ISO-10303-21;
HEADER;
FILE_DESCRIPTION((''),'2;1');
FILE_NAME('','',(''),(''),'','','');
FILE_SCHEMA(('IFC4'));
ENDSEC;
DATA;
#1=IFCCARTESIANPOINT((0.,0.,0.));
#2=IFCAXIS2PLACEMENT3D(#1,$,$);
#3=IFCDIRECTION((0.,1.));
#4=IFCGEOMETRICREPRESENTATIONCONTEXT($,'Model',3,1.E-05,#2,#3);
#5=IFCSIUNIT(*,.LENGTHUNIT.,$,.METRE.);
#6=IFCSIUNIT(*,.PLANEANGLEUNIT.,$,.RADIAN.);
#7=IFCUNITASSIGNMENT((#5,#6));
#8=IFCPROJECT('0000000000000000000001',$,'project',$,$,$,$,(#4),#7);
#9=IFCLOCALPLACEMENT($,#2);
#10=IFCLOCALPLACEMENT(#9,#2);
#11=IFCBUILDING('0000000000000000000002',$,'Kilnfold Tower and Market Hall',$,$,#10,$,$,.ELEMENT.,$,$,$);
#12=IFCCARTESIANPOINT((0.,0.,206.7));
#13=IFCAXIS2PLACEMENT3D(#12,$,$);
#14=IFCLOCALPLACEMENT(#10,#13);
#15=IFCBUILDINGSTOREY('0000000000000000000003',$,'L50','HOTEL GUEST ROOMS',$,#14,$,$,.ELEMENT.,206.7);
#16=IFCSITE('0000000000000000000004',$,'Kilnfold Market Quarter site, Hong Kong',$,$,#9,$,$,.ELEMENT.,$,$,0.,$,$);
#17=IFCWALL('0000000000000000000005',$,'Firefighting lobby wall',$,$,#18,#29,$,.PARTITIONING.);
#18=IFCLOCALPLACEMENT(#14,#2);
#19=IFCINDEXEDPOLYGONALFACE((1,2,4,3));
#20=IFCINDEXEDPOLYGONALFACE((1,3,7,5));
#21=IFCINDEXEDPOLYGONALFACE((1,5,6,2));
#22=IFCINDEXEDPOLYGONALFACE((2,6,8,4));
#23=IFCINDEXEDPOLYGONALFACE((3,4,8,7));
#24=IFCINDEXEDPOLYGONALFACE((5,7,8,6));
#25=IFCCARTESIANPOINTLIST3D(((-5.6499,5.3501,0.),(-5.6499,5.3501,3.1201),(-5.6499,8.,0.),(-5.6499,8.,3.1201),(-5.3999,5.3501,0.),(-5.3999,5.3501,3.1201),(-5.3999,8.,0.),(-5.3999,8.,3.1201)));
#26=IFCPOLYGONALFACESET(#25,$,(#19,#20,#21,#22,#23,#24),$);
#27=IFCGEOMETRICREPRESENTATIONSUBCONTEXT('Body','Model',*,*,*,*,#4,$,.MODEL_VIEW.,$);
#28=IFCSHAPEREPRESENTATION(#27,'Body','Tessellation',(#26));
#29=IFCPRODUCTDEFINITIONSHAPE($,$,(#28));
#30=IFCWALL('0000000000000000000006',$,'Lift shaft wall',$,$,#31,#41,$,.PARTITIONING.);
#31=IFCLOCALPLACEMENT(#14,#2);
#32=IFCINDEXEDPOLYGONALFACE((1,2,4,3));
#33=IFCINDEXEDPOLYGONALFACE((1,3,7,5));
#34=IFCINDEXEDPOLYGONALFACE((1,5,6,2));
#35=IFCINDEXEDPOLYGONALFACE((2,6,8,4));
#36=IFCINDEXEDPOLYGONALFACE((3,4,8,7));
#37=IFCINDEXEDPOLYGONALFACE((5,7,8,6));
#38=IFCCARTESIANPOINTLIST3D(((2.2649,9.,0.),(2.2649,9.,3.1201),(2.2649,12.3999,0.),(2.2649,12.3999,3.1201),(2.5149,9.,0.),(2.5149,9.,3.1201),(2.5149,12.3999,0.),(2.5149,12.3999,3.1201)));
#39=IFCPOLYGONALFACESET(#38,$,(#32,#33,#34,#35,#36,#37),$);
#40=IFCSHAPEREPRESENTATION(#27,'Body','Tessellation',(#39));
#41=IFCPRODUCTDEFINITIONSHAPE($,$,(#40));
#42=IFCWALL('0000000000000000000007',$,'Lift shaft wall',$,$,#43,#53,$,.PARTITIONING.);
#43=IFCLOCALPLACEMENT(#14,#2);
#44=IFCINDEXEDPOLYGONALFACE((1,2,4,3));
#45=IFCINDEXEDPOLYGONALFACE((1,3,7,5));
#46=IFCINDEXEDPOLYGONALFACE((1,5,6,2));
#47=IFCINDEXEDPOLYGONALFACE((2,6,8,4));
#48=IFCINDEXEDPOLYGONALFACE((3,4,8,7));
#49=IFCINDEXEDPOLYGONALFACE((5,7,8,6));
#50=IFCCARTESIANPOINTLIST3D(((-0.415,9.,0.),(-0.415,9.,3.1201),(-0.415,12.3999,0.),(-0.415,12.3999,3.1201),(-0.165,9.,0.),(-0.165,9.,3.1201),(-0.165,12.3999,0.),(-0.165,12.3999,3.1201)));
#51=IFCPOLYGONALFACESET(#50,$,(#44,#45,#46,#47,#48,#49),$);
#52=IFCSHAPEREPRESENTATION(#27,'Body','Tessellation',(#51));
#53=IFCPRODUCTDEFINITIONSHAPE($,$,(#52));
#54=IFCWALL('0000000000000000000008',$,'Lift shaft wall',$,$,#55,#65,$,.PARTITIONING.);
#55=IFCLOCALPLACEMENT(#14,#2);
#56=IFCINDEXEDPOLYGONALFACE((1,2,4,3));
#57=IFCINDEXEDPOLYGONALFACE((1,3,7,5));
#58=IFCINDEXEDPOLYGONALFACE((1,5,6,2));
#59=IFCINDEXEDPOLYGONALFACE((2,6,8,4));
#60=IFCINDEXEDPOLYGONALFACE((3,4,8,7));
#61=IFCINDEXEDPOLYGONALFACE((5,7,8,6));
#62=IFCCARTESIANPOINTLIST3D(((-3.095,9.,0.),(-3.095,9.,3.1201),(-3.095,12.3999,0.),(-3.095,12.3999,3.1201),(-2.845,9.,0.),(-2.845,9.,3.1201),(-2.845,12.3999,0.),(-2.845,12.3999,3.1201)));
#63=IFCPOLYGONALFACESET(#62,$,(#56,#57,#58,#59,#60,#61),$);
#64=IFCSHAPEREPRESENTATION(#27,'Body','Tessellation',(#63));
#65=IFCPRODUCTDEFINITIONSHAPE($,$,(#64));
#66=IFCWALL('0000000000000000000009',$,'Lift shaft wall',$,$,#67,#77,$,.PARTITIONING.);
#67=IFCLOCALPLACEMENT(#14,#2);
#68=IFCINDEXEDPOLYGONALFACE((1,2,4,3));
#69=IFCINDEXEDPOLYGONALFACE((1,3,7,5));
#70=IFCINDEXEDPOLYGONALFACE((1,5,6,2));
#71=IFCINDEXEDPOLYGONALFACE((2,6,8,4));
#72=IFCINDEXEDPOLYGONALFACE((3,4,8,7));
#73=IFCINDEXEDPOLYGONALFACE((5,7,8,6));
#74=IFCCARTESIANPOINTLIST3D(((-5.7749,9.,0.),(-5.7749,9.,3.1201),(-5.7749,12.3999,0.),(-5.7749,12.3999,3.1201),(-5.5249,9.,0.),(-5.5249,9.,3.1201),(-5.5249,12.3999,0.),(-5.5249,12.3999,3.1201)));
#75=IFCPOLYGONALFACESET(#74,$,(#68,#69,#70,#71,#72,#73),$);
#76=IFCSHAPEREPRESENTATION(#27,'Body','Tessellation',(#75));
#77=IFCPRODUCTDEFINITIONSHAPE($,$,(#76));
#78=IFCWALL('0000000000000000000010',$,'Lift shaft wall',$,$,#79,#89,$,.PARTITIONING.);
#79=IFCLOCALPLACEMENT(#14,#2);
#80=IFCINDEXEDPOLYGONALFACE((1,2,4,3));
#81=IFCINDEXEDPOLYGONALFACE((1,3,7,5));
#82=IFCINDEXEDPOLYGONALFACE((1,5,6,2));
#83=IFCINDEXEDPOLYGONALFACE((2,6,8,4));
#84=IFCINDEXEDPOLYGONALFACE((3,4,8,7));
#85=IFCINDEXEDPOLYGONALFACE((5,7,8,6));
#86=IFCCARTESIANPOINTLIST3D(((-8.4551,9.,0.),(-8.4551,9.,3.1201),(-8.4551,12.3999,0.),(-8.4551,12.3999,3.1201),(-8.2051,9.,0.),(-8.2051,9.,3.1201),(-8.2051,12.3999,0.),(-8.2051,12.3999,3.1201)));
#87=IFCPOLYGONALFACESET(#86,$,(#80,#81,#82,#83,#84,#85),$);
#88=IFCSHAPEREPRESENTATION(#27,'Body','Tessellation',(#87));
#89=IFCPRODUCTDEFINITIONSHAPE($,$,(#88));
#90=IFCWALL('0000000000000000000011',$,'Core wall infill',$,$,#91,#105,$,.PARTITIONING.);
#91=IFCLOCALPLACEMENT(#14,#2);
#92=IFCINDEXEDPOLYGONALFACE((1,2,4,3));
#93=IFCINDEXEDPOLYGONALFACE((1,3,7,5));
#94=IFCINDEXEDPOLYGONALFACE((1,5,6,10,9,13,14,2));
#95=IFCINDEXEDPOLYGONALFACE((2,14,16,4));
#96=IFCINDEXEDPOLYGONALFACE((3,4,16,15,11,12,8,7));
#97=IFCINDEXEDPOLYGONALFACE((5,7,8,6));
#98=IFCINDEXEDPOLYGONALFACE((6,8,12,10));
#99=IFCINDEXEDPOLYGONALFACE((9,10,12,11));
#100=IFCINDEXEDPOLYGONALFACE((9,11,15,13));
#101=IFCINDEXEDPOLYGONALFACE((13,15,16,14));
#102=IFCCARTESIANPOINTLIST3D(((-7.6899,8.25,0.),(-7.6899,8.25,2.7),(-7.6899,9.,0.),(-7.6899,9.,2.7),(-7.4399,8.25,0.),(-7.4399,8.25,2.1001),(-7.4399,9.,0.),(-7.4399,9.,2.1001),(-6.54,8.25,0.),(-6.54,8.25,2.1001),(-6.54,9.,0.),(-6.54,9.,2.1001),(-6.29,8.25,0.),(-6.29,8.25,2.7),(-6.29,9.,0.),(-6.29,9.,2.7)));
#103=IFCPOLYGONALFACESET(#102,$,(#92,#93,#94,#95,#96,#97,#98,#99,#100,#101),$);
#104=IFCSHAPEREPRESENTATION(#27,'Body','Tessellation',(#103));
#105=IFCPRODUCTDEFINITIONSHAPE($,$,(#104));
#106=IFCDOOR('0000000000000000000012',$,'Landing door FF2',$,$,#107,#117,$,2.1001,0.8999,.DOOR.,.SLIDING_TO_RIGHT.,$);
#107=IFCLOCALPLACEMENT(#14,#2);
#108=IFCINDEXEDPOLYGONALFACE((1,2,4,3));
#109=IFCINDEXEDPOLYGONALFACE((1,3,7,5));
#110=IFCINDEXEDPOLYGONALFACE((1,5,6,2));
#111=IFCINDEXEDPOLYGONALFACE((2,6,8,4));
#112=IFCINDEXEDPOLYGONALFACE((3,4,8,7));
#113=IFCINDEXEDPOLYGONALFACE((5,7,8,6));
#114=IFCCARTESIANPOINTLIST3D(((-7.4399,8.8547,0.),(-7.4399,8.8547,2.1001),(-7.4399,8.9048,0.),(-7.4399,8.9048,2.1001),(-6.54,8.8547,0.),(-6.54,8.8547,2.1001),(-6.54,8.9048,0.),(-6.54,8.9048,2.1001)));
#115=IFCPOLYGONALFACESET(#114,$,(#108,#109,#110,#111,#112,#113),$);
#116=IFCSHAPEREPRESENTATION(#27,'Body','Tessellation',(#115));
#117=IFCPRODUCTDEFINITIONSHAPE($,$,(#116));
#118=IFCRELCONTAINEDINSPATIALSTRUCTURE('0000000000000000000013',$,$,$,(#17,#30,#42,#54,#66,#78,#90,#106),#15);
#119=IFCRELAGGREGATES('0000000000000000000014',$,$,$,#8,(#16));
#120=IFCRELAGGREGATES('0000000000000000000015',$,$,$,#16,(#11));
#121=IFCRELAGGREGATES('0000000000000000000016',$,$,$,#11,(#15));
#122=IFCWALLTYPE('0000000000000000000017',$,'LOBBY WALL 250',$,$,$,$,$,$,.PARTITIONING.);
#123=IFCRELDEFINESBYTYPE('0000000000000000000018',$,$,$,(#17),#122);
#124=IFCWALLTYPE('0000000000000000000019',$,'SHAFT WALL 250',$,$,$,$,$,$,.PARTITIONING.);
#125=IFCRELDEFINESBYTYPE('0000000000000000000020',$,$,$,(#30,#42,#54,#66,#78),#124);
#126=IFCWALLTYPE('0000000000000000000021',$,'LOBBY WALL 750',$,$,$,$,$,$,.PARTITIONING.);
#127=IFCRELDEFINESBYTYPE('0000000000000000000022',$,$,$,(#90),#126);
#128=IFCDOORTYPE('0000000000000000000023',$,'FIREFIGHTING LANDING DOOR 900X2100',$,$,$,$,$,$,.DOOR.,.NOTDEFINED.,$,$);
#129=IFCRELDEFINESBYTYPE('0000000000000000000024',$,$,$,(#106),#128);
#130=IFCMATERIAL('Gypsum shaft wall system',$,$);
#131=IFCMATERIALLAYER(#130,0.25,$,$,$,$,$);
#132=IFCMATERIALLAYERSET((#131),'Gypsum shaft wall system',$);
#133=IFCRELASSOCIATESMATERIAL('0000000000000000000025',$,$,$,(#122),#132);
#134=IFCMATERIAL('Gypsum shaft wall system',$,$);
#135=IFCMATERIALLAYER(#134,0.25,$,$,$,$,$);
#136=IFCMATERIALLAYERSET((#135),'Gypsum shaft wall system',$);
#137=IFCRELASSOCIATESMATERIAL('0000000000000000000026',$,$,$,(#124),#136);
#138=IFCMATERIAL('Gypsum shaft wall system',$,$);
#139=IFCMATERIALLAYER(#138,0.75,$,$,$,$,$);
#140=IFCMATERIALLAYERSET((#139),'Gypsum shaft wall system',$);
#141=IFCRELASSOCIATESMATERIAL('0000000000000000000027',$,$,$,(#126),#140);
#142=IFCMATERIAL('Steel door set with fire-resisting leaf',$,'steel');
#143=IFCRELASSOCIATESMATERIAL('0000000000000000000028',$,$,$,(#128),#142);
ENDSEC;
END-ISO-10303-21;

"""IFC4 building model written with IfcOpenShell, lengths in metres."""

from ifc_helpers import new_model, si_unit, direction, frame, frame_2d, origin, place, context, subcontext, project, spatial, rectangle, extrude, source, transform, mapped, material, layer, layer_set, type_object, element, fill, save


model = new_model("IFC4")

# Units and contexts
model_context = context("Model", 3, precision=1e-05, world=origin(), true_north=direction((0.0, 1.0)))
body_context = subcontext(model_context, "Body", "Model", "MODEL_VIEW")
ifc_project = project(units=[si_unit("LENGTHUNIT", "METRE"), si_unit("PLANEANGLEUNIT", "RADIAN")], contexts=[model_context])

# Site, building, storey
site_placement = place(None, origin())
site = spatial("IfcSite", under=ifc_project, at=site_placement, Name="Kilnfold Market Quarter site, Hong Kong", CompositionType="ELEMENT", RefElevation=0.0)
building_placement = place(site_placement, origin())
building = spatial("IfcBuilding", under=site, at=building_placement, Name="Kilnfold Tower and Market Hall", CompositionType="ELEMENT")
storey_placement = place(building_placement, frame((0.0, 0.0, 206.7)))
storey = spatial("IfcBuildingStorey", under=building, at=storey_placement, Name="L50", Description="HOTEL GUEST ROOMS", CompositionType="ELEMENT", Elevation=206.7)

# Walls
ifc_material_1 = material(Name="Gypsum shaft wall system")
ifc_layer_1 = layer(ifc_material_1, 0.25)
ifc_layer_set_1 = layer_set([ifc_layer_1], Name="Gypsum shaft wall system")
wall_type_1 = type_object("IfcWallType", Name="LOBBY WALL 250", PredefinedType="PARTITIONING", material=ifc_layer_set_1)
shared_shape_1 = source(origin(), body_context, "Body", "SweptSolid", [
    extrude(rectangle(XDim=2.6499, YDim=0.25, at=frame_2d((1.325, 0.0))), origin(), (0.0, 0.0, 1.0), 3.1201),
])
wall_1_placement = place(storey_placement, frame((-5.5249, 5.3501, 0.0), z_axis=(0.0, 0.0, 1.0), x_axis=(0.0, 1.0, 0.0)))
element("IfcWall", 1, at=wall_1_placement, inside=storey, type_object=wall_type_1, Name="Firefighting lobby wall", PredefinedType="PARTITIONING", context=body_context, shape_type="MappedRepresentation", body=[
    mapped(shared_shape_1, transform((0.0, 0.0, 0.0))),
])
ifc_material_2 = material(Name="Gypsum shaft wall system")
ifc_layer_2 = layer(ifc_material_2, 0.25)
ifc_layer_set_2 = layer_set([ifc_layer_2], Name="Gypsum shaft wall system")
wall_type_2 = type_object("IfcWallType", Name="SHAFT WALL 250", PredefinedType="PARTITIONING", material=ifc_layer_set_2)
shared_shape_2 = source(origin(), body_context, "Body", "SweptSolid", [
    extrude(rectangle(XDim=3.3999, YDim=0.25, at=frame_2d((1.7, 0.0))), origin(), (0.0, 0.0, 1.0), 3.1201),
])
for number, where, z_axis, x_axis, name in (
    (2, (2.3899, 9.0, 0.0), (0.0, 0.0, 1.0), (0.0, 1.0, 0.0), "Lift shaft wall"),
    (3, (-0.29, 9.0, 0.0), (0.0, 0.0, 1.0), (0.0, 1.0, 0.0), "Lift shaft wall"),
    (4, (-2.97, 9.0, 0.0), (0.0, 0.0, 1.0), (0.0, 1.0, 0.0), "Lift shaft wall"),
    (5, (-5.6499, 9.0, 0.0), (0.0, 0.0, 1.0), (0.0, 1.0, 0.0), "Lift shaft wall"),
    (6, (-8.3301, 9.0, 0.0), (0.0, 0.0, 1.0), (0.0, 1.0, 0.0), "Lift shaft wall"),
):
    element("IfcWall", number, at=place(storey_placement, frame(where, z_axis=z_axis, x_axis=x_axis)), inside=storey, type_object=wall_type_2, Name=name, PredefinedType="PARTITIONING", context=body_context, shape_type="MappedRepresentation", body=[
        mapped(shared_shape_2, transform((0.0, 0.0, 0.0))),
    ])

# Wall, opening, door
ifc_material_3 = material(Name="Gypsum shaft wall system")
ifc_layer_3 = layer(ifc_material_3, 0.75)
ifc_layer_set_3 = layer_set([ifc_layer_3], Name="Gypsum shaft wall system")
wall_type_3 = type_object("IfcWallType", Name="LOBBY WALL 750", PredefinedType="PARTITIONING", material=ifc_layer_set_3)
shared_shape_3 = source(origin(), body_context, "Body", "SweptSolid", [
    extrude(rectangle(XDim=1.3999, YDim=0.75, at=frame_2d((0.7, 0.0))), origin(), (0.0, 0.0, 1.0), 2.7),
])
wall_2_placement = place(storey_placement, frame((-7.6899, 8.625, 0.0), z_axis=(0.0, 0.0, 1.0), x_axis=(1.0, 0.0, 0.0)))
wall_2 = element("IfcWall", 7, at=wall_2_placement, inside=storey, type_object=wall_type_3, Name="Core wall infill", PredefinedType="PARTITIONING", context=body_context, shape_type="MappedRepresentation", body=[
    mapped(shared_shape_3, transform((0.0, 0.0, 0.0))),
])
opening_placement = place(wall_2_placement, frame((0.25, 0.0, 0.0)))
opening = element("IfcOpeningElement", 8, at=opening_placement, cuts=wall_2, PredefinedType="OPENING", context=body_context, shape_type="SweptSolid", body=[
    extrude(rectangle(XDim=0.8999, YDim=2.1001, at=frame_2d((0.45, 1.05))), frame((0.0, 0.385, 0.0), z_axis=(0.0, -1.0, 0.0), x_axis=(1.0, 0.0, 0.0)), (0.0, 0.0, 1.0), 0.77),
])
ifc_material_4 = material(Name="Steel door set with fire-resisting leaf", Category="steel")
door_type = type_object("IfcDoorType", Name="FIREFIGHTING LANDING DOOR 900X2100", OperationType="NOTDEFINED", PredefinedType="DOOR", material=ifc_material_4)
door_placement = place(opening_placement, origin())
door = element("IfcDoor", 9, at=door_placement, inside=storey, type_object=door_type, Name="Landing door FF2", OperationType="SLIDING_TO_RIGHT", OverallHeight=2.1001, OverallWidth=0.8999, PredefinedType="DOOR", context=body_context, shape_type="SweptSolid", body=[
    extrude(rectangle(XDim=0.8999, YDim=2.1001, at=frame_2d((0.45, 1.05))), frame((0.0, 0.2798, 0.0), z_axis=(0.0, -1.0, 0.0), x_axis=(1.0, 0.0, 0.0)), (0.0, 0.0, 1.0), 0.05),
])
fill(opening, door)

save(model, "model.ifc")
